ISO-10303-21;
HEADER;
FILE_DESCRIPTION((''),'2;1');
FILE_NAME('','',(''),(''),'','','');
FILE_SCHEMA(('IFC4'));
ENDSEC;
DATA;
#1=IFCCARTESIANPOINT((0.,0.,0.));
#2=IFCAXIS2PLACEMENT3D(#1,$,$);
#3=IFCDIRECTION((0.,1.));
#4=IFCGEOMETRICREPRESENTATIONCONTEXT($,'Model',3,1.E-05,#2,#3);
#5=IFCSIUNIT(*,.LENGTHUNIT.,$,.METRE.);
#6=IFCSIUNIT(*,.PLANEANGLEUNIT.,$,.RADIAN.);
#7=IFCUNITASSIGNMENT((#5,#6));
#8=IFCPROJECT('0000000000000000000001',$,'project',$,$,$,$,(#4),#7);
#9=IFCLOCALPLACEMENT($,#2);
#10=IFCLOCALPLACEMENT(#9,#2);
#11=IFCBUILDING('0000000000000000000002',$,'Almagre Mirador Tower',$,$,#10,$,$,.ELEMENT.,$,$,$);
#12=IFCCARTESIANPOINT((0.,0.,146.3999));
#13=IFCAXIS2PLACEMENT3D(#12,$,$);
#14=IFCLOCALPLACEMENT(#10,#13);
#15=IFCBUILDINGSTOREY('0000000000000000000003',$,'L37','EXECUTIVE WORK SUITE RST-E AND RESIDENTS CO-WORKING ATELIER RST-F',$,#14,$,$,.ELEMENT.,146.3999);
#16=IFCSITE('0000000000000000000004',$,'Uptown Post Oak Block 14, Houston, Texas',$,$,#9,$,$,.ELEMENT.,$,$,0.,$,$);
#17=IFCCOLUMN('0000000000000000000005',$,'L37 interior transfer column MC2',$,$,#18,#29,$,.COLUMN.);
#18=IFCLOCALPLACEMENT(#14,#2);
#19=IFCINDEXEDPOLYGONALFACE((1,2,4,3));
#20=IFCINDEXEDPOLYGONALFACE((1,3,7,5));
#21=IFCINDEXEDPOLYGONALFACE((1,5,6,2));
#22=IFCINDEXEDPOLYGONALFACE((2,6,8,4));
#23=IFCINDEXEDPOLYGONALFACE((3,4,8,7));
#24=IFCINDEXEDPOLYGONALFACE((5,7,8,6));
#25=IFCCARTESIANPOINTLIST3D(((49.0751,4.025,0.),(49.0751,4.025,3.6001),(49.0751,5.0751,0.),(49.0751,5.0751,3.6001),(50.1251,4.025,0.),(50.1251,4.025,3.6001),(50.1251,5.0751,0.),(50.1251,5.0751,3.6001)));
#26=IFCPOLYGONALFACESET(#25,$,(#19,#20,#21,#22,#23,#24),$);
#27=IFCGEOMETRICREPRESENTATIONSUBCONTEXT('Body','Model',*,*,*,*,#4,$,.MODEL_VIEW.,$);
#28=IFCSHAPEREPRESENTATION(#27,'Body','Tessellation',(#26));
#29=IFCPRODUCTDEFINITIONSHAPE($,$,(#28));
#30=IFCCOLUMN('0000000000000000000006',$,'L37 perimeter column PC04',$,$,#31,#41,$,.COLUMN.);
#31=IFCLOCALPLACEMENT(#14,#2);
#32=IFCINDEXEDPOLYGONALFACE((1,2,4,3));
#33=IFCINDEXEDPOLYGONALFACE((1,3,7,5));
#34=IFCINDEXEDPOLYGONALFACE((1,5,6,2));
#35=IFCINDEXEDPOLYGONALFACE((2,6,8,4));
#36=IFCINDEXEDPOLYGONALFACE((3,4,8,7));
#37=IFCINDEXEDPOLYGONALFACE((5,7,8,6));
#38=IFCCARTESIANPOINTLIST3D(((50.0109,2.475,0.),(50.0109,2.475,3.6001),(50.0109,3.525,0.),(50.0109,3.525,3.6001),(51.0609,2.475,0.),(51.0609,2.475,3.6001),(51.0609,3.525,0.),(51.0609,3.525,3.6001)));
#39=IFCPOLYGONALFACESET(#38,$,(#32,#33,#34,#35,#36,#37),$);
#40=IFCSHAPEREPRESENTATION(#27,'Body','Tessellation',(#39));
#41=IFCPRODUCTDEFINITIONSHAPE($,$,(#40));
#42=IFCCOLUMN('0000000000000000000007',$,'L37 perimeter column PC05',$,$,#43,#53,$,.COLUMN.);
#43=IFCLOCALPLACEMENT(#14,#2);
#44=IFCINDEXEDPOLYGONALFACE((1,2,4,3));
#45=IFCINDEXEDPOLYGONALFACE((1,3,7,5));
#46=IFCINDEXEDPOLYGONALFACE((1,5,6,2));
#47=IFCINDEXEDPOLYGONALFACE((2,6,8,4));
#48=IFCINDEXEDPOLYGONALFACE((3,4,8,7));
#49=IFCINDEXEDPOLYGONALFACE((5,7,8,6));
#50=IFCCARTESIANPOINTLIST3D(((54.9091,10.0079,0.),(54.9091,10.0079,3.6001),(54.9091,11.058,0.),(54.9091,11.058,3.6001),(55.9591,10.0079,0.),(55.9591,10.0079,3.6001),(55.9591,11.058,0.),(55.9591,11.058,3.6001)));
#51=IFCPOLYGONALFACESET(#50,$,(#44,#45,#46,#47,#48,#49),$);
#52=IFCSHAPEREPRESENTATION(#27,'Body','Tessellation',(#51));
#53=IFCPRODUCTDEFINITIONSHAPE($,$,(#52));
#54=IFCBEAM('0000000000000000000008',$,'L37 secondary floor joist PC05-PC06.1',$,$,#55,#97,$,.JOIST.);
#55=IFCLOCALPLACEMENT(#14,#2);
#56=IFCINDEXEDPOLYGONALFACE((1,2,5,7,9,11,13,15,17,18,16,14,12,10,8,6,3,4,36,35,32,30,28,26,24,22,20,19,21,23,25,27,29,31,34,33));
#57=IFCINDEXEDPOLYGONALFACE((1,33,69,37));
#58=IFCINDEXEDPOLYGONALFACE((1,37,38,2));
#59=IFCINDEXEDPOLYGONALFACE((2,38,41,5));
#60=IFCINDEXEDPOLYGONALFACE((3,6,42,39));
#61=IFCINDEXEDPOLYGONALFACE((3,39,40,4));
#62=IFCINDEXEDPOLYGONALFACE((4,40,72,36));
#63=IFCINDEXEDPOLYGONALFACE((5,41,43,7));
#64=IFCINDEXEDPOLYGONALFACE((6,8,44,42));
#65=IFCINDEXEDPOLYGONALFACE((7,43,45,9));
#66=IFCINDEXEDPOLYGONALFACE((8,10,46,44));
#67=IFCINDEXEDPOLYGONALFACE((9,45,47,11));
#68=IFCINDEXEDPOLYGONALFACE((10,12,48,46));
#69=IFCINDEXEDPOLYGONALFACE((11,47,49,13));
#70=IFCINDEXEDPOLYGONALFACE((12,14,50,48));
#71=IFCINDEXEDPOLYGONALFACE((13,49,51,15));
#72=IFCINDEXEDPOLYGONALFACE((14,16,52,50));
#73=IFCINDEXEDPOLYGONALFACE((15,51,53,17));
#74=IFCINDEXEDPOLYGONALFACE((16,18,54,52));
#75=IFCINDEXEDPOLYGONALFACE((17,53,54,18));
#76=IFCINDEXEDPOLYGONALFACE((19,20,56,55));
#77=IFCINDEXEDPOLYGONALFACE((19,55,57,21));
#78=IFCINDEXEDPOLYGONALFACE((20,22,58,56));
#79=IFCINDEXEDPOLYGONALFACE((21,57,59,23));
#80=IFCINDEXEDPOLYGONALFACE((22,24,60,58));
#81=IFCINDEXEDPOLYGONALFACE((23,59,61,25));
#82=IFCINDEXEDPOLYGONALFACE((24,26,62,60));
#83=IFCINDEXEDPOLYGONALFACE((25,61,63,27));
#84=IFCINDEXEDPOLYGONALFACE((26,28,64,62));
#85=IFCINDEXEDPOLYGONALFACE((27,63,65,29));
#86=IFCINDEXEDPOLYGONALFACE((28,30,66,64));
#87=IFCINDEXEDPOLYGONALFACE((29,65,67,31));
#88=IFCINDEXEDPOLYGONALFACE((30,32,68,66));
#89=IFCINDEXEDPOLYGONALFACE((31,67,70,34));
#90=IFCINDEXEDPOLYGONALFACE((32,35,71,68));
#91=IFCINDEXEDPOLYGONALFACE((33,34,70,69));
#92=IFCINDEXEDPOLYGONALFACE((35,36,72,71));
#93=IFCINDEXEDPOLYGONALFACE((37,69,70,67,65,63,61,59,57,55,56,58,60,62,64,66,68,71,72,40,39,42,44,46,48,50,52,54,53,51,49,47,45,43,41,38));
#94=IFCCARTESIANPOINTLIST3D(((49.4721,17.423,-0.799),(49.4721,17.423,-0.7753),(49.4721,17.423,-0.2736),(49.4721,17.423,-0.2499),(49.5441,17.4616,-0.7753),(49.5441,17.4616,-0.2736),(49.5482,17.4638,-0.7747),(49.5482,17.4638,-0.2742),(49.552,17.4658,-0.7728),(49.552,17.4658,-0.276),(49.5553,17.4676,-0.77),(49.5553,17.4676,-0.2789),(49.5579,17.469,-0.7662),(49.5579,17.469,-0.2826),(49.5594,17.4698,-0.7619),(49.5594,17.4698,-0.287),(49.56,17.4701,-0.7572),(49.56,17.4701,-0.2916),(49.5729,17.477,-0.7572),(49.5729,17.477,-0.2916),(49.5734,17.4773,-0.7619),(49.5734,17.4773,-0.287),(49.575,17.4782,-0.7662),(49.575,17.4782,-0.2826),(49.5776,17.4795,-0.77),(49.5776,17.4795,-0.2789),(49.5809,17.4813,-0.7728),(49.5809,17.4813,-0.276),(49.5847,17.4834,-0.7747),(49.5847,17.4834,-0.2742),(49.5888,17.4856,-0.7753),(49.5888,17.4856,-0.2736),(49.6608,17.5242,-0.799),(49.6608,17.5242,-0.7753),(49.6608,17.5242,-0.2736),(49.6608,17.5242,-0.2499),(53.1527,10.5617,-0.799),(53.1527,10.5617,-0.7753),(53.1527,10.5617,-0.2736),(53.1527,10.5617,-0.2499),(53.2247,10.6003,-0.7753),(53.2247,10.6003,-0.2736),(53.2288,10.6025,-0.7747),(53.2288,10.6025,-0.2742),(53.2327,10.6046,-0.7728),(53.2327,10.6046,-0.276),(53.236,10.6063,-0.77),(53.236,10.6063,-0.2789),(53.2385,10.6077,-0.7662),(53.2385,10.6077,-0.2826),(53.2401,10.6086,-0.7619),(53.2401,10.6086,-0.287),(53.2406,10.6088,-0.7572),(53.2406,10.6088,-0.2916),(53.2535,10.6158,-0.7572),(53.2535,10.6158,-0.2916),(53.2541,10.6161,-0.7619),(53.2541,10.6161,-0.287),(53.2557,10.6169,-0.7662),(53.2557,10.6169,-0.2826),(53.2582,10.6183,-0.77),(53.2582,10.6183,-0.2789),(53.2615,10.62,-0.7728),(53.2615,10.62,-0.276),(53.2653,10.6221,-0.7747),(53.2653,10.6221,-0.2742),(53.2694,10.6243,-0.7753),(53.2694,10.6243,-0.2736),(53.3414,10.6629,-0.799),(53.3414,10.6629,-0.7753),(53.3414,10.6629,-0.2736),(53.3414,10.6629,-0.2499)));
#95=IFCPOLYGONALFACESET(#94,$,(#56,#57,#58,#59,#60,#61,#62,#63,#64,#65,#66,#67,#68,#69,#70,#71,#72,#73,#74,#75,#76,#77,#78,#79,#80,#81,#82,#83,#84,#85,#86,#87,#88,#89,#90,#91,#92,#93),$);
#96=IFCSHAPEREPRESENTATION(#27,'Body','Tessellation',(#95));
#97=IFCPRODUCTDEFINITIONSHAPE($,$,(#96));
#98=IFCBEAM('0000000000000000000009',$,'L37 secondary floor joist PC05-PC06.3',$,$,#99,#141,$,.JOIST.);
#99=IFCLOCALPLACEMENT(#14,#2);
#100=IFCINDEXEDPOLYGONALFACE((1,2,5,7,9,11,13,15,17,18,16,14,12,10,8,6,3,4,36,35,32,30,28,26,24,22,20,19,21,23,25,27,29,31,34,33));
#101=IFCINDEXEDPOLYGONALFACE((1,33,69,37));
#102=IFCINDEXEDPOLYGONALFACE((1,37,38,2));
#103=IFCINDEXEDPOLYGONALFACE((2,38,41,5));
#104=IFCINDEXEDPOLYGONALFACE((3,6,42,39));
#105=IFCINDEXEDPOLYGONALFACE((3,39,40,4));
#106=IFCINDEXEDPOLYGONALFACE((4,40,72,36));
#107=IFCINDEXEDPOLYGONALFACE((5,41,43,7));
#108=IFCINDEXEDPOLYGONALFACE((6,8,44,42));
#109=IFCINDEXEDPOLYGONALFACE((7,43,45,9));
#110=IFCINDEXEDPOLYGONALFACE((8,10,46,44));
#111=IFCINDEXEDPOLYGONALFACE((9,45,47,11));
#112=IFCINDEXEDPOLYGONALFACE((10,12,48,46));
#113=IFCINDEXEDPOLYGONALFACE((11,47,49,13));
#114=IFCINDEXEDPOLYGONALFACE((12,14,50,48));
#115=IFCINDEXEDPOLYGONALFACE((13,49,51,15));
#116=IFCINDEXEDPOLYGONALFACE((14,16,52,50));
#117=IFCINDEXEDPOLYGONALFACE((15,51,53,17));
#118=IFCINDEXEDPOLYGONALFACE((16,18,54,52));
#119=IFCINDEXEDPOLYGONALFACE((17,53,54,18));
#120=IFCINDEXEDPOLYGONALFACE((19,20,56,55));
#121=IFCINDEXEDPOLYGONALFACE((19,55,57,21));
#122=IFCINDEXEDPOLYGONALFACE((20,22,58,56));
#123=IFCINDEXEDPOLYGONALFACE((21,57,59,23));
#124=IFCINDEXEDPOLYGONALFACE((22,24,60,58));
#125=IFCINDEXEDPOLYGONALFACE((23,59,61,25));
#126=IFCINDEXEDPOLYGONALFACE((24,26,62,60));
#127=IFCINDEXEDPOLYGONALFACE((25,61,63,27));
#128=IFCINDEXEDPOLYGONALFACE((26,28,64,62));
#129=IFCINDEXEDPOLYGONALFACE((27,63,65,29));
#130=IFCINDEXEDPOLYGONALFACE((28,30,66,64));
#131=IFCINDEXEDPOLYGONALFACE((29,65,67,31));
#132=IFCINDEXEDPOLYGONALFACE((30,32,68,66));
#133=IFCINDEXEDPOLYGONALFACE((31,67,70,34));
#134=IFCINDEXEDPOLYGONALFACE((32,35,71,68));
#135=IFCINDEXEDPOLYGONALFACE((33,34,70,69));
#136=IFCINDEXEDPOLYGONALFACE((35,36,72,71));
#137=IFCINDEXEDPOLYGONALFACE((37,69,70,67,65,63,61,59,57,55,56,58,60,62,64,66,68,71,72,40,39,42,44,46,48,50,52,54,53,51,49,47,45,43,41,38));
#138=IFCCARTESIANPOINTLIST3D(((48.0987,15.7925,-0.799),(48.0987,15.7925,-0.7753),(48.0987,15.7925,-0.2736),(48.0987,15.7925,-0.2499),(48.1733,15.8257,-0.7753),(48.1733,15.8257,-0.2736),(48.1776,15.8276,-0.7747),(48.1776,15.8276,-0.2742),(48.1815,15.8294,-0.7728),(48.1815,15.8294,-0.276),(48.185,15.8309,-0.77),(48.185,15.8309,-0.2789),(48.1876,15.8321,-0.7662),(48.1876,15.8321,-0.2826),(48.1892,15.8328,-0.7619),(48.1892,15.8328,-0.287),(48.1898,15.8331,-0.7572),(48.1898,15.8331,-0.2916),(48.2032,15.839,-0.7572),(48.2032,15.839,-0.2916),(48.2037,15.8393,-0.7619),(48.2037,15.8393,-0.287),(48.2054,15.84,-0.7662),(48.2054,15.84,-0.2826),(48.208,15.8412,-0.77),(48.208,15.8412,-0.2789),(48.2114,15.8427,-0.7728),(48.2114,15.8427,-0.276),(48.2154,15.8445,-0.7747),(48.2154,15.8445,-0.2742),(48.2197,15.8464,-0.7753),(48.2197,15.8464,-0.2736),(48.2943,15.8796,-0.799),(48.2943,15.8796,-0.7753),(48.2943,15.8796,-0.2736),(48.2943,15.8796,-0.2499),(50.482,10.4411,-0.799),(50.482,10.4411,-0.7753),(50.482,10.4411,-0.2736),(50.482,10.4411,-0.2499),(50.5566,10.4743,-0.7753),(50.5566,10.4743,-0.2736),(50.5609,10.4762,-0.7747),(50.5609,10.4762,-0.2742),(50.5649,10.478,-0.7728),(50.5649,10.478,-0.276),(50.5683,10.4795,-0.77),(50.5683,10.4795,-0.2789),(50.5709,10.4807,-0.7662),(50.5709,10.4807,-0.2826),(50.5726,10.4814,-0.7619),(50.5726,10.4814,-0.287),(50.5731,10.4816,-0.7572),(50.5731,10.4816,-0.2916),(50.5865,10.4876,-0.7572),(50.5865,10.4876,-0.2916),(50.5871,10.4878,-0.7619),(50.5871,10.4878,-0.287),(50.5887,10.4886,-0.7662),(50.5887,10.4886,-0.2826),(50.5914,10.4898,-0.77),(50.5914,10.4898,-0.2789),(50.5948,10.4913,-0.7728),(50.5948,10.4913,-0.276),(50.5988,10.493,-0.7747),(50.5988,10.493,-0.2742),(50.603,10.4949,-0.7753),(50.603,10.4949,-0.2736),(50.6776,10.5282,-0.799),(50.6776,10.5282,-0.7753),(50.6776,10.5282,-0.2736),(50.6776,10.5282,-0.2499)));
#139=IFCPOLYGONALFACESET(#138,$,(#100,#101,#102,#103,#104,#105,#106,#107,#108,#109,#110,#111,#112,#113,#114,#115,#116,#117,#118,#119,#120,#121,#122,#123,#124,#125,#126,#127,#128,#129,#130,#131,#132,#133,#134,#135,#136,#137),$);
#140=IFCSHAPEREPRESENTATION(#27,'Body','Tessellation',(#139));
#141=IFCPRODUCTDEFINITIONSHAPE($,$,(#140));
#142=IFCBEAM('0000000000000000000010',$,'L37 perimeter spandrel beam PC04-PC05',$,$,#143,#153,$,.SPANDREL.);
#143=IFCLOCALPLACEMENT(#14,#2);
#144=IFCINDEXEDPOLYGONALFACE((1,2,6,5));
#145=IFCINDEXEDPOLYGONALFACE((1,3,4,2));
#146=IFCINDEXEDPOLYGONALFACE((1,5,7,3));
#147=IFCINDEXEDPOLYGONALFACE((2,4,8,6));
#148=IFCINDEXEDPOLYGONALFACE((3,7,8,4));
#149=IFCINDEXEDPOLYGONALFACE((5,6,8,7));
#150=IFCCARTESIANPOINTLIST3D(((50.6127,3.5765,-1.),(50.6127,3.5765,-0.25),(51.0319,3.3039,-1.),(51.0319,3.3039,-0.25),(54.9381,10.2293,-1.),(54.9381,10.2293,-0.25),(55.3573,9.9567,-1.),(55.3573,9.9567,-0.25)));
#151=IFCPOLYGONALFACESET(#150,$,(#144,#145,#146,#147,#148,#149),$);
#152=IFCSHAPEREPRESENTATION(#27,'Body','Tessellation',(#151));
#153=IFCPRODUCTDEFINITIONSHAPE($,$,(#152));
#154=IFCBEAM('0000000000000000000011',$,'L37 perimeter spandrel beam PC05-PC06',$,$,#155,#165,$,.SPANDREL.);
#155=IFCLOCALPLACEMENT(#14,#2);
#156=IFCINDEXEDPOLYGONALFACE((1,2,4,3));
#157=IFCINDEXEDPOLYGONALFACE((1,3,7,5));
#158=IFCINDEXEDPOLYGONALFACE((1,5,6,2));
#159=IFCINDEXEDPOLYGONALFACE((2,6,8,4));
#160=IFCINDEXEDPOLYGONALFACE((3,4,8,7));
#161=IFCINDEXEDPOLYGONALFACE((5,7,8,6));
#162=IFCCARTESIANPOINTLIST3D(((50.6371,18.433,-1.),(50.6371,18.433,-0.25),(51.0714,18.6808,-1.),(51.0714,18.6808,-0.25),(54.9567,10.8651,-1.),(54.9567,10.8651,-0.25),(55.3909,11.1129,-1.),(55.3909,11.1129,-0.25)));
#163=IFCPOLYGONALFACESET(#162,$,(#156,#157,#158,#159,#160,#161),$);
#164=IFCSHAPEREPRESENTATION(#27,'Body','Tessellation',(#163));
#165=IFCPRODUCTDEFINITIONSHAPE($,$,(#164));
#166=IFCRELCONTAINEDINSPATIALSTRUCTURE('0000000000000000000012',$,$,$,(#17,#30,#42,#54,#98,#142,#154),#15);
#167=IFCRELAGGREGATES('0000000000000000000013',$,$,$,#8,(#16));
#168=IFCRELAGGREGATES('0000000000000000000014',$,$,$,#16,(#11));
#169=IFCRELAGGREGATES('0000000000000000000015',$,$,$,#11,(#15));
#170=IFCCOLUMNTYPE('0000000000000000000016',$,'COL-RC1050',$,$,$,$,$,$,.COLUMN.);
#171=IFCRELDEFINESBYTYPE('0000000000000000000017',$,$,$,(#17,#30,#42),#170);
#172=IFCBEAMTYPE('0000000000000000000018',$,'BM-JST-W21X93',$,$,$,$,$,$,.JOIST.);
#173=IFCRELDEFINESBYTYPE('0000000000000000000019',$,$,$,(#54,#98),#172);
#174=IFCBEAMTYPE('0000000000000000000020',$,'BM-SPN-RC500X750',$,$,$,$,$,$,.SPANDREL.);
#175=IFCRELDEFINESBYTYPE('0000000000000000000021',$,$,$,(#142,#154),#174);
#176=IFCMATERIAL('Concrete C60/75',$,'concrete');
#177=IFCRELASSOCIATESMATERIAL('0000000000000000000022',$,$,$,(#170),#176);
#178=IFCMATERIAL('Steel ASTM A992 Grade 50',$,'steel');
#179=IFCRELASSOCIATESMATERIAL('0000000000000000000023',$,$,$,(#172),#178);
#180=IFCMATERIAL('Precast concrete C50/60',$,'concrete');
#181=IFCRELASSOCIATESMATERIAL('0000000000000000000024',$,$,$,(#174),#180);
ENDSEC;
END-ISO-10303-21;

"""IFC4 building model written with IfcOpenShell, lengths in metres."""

from ifc_helpers import new_model, si_unit, direction, frame, origin, origin_2d, place, context, subcontext, project, spatial, rectangle, i_section, extrude, material, material_profile, profile_set, type_object, element, save


model = new_model("IFC4")

# Units and contexts
model_context = context("Model", 3, precision=1e-05, world=origin(), true_north=direction((0.0, 1.0)))
body_context = subcontext(model_context, "Body", "Model", "MODEL_VIEW")
ifc_project = project(units=[si_unit("LENGTHUNIT", "METRE"), si_unit("PLANEANGLEUNIT", "RADIAN")], contexts=[model_context])

# Site, building, storey
site_placement = place(None, origin())
site = spatial("IfcSite", under=ifc_project, at=site_placement, Name="Uptown Post Oak Block 14, Houston, Texas", CompositionType="ELEMENT", RefElevation=0.0)
building_placement = place(site_placement, origin())
building = spatial("IfcBuilding", under=site, at=building_placement, Name="Almagre Mirador Tower", CompositionType="ELEMENT")
storey_placement = place(building_placement, frame((0.0, 0.0, 146.3999)))
storey = spatial("IfcBuildingStorey", under=building, at=storey_placement, Name="L37", Description="EXECUTIVE WORK SUITE RST-E AND RESIDENTS CO-WORKING ATELIER RST-F", CompositionType="ELEMENT", Elevation=146.3999)

# Columns
ifc_material_1 = material(Name="Concrete C60/75", Category="concrete")
ifc_material_profile_1 = material_profile(ifc_material_1, rectangle(XDim=1.05, YDim=1.05, at=origin_2d()), Name="RC1050X1050")
ifc_profile_set_1 = profile_set([ifc_material_profile_1], Name="Concrete C60/75")
column_type = type_object("IfcColumnType", Name="COL-RC1050", PredefinedType="COLUMN", material=ifc_profile_set_1)
for number, where, z_axis, x_axis, name in (
    (1, (49.6001, 4.55, 0.0), (0.0, 0.0, 1.0), (1.0, 0.0, 0.0), "L37 interior transfer column MC2"),
    (2, (50.5359, 3.0, 0.0), (0.0, 0.0, 1.0), (1.0, 0.0, 0.0), "L37 perimeter column PC04"),
    (3, (55.4341, 10.533, 0.0), (0.0, 0.0, 1.0), (1.0, 0.0, 0.0), "L37 perimeter column PC05"),
):
    element("IfcColumn", number, at=place(storey_placement, frame(where, z_axis=z_axis, x_axis=x_axis)), inside=storey, type_object=column_type, Name=name, PredefinedType="COLUMN", context=body_context, shape_type="SweptSolid", body=[
        extrude(rectangle(XDim=1.05, YDim=1.05, at=origin_2d()), origin(), (0.0, 0.0, 1.0), 3.6001),
    ])

# Beams
ifc_material_2 = material(Name="Steel ASTM A992 Grade 50", Category="steel")
ifc_material_profile_2 = material_profile(ifc_material_2, i_section(OverallWidth=0.2141, OverallDepth=0.5491, WebThickness=0.0146, FlangeThickness=0.0237, FilletRadius=0.0181, at=origin_2d()), Name="W21X93")
ifc_profile_set_2 = profile_set([ifc_material_profile_2], Name="Steel ASTM A992 Grade 50")
beam_type_1 = type_object("IfcBeamType", Name="BM-JST-W21X93", PredefinedType="JOIST", material=ifc_profile_set_2)
beam_1_placement = place(storey_placement, frame((53.2471, 10.6123, -0.5244), z_axis=(-0.472716, 0.881215, 0.0), x_axis=(-0.881215, -0.472716, 0.0)))
element("IfcBeam", 4, at=beam_1_placement, inside=storey, type_object=beam_type_1, Name="L37 secondary floor joist PC05-PC06.1", PredefinedType="JOIST", context=body_context, shape_type="SweptSolid", body=[
    extrude(i_section(OverallWidth=0.2141, OverallDepth=0.5491, WebThickness=0.0146, FlangeThickness=0.0237, FilletRadius=0.0181, at=origin_2d()), origin(), (0.0, 0.0, 1.0), 7.7861),
])
beam_2_placement = place(storey_placement, frame((50.5798, 10.4846, -0.5244), z_axis=(-0.406842, 0.913498, 0.0), x_axis=(-0.913498, -0.406842, 0.0)))
element("IfcBeam", 5, at=beam_2_placement, inside=storey, type_object=beam_type_1, Name="L37 secondary floor joist PC05-PC06.3", PredefinedType="JOIST", context=body_context, shape_type="SweptSolid", body=[
    extrude(i_section(OverallWidth=0.2141, OverallDepth=0.5491, WebThickness=0.0146, FlangeThickness=0.0237, FilletRadius=0.0181, at=origin_2d()), origin(), (0.0, 0.0, 1.0), 5.8582),
])
ifc_material_3 = material(Name="Precast concrete C50/60", Category="concrete")
ifc_material_profile_3 = material_profile(ifc_material_3, rectangle(XDim=0.5, YDim=0.75, at=origin_2d()), Name="RC500X750")
ifc_profile_set_3 = profile_set([ifc_material_profile_3], Name="Precast concrete C50/60")
beam_type_2 = type_object("IfcBeamType", Name="BM-SPN-RC500X750", PredefinedType="SPANDREL", material=ifc_profile_set_3)
beam_3_placement = place(storey_placement, frame((50.8223, 3.4402, -0.625), z_axis=(0.545086, 0.83838, 0.0), x_axis=(-0.83838, 0.545086, 0.0)))
element("IfcBeam", 6, at=beam_3_placement, inside=storey, type_object=beam_type_2, Name="L37 perimeter spandrel beam PC04-PC05", PredefinedType="SPANDREL", context=body_context, shape_type="SweptSolid", body=[
    extrude(rectangle(XDim=0.5, YDim=0.75, at=origin_2d()), origin(), (0.0, 0.0, 1.0), 7.9353),
])
beam_4_placement = place(storey_placement, frame((55.1738, 10.989, -0.625), z_axis=(-0.495713, 0.868486, 0.0), x_axis=(-0.868486, -0.495713, 0.0)))
element("IfcBeam", 7, at=beam_4_placement, inside=storey, type_object=beam_type_2, Name="L37 perimeter spandrel beam PC05-PC06", PredefinedType="SPANDREL", context=body_context, shape_type="SweptSolid", body=[
    extrude(rectangle(XDim=0.5, YDim=0.75, at=origin_2d()), origin(), (0.0, 0.0, 1.0), 8.7139),
])

save(model, "model.ifc")
